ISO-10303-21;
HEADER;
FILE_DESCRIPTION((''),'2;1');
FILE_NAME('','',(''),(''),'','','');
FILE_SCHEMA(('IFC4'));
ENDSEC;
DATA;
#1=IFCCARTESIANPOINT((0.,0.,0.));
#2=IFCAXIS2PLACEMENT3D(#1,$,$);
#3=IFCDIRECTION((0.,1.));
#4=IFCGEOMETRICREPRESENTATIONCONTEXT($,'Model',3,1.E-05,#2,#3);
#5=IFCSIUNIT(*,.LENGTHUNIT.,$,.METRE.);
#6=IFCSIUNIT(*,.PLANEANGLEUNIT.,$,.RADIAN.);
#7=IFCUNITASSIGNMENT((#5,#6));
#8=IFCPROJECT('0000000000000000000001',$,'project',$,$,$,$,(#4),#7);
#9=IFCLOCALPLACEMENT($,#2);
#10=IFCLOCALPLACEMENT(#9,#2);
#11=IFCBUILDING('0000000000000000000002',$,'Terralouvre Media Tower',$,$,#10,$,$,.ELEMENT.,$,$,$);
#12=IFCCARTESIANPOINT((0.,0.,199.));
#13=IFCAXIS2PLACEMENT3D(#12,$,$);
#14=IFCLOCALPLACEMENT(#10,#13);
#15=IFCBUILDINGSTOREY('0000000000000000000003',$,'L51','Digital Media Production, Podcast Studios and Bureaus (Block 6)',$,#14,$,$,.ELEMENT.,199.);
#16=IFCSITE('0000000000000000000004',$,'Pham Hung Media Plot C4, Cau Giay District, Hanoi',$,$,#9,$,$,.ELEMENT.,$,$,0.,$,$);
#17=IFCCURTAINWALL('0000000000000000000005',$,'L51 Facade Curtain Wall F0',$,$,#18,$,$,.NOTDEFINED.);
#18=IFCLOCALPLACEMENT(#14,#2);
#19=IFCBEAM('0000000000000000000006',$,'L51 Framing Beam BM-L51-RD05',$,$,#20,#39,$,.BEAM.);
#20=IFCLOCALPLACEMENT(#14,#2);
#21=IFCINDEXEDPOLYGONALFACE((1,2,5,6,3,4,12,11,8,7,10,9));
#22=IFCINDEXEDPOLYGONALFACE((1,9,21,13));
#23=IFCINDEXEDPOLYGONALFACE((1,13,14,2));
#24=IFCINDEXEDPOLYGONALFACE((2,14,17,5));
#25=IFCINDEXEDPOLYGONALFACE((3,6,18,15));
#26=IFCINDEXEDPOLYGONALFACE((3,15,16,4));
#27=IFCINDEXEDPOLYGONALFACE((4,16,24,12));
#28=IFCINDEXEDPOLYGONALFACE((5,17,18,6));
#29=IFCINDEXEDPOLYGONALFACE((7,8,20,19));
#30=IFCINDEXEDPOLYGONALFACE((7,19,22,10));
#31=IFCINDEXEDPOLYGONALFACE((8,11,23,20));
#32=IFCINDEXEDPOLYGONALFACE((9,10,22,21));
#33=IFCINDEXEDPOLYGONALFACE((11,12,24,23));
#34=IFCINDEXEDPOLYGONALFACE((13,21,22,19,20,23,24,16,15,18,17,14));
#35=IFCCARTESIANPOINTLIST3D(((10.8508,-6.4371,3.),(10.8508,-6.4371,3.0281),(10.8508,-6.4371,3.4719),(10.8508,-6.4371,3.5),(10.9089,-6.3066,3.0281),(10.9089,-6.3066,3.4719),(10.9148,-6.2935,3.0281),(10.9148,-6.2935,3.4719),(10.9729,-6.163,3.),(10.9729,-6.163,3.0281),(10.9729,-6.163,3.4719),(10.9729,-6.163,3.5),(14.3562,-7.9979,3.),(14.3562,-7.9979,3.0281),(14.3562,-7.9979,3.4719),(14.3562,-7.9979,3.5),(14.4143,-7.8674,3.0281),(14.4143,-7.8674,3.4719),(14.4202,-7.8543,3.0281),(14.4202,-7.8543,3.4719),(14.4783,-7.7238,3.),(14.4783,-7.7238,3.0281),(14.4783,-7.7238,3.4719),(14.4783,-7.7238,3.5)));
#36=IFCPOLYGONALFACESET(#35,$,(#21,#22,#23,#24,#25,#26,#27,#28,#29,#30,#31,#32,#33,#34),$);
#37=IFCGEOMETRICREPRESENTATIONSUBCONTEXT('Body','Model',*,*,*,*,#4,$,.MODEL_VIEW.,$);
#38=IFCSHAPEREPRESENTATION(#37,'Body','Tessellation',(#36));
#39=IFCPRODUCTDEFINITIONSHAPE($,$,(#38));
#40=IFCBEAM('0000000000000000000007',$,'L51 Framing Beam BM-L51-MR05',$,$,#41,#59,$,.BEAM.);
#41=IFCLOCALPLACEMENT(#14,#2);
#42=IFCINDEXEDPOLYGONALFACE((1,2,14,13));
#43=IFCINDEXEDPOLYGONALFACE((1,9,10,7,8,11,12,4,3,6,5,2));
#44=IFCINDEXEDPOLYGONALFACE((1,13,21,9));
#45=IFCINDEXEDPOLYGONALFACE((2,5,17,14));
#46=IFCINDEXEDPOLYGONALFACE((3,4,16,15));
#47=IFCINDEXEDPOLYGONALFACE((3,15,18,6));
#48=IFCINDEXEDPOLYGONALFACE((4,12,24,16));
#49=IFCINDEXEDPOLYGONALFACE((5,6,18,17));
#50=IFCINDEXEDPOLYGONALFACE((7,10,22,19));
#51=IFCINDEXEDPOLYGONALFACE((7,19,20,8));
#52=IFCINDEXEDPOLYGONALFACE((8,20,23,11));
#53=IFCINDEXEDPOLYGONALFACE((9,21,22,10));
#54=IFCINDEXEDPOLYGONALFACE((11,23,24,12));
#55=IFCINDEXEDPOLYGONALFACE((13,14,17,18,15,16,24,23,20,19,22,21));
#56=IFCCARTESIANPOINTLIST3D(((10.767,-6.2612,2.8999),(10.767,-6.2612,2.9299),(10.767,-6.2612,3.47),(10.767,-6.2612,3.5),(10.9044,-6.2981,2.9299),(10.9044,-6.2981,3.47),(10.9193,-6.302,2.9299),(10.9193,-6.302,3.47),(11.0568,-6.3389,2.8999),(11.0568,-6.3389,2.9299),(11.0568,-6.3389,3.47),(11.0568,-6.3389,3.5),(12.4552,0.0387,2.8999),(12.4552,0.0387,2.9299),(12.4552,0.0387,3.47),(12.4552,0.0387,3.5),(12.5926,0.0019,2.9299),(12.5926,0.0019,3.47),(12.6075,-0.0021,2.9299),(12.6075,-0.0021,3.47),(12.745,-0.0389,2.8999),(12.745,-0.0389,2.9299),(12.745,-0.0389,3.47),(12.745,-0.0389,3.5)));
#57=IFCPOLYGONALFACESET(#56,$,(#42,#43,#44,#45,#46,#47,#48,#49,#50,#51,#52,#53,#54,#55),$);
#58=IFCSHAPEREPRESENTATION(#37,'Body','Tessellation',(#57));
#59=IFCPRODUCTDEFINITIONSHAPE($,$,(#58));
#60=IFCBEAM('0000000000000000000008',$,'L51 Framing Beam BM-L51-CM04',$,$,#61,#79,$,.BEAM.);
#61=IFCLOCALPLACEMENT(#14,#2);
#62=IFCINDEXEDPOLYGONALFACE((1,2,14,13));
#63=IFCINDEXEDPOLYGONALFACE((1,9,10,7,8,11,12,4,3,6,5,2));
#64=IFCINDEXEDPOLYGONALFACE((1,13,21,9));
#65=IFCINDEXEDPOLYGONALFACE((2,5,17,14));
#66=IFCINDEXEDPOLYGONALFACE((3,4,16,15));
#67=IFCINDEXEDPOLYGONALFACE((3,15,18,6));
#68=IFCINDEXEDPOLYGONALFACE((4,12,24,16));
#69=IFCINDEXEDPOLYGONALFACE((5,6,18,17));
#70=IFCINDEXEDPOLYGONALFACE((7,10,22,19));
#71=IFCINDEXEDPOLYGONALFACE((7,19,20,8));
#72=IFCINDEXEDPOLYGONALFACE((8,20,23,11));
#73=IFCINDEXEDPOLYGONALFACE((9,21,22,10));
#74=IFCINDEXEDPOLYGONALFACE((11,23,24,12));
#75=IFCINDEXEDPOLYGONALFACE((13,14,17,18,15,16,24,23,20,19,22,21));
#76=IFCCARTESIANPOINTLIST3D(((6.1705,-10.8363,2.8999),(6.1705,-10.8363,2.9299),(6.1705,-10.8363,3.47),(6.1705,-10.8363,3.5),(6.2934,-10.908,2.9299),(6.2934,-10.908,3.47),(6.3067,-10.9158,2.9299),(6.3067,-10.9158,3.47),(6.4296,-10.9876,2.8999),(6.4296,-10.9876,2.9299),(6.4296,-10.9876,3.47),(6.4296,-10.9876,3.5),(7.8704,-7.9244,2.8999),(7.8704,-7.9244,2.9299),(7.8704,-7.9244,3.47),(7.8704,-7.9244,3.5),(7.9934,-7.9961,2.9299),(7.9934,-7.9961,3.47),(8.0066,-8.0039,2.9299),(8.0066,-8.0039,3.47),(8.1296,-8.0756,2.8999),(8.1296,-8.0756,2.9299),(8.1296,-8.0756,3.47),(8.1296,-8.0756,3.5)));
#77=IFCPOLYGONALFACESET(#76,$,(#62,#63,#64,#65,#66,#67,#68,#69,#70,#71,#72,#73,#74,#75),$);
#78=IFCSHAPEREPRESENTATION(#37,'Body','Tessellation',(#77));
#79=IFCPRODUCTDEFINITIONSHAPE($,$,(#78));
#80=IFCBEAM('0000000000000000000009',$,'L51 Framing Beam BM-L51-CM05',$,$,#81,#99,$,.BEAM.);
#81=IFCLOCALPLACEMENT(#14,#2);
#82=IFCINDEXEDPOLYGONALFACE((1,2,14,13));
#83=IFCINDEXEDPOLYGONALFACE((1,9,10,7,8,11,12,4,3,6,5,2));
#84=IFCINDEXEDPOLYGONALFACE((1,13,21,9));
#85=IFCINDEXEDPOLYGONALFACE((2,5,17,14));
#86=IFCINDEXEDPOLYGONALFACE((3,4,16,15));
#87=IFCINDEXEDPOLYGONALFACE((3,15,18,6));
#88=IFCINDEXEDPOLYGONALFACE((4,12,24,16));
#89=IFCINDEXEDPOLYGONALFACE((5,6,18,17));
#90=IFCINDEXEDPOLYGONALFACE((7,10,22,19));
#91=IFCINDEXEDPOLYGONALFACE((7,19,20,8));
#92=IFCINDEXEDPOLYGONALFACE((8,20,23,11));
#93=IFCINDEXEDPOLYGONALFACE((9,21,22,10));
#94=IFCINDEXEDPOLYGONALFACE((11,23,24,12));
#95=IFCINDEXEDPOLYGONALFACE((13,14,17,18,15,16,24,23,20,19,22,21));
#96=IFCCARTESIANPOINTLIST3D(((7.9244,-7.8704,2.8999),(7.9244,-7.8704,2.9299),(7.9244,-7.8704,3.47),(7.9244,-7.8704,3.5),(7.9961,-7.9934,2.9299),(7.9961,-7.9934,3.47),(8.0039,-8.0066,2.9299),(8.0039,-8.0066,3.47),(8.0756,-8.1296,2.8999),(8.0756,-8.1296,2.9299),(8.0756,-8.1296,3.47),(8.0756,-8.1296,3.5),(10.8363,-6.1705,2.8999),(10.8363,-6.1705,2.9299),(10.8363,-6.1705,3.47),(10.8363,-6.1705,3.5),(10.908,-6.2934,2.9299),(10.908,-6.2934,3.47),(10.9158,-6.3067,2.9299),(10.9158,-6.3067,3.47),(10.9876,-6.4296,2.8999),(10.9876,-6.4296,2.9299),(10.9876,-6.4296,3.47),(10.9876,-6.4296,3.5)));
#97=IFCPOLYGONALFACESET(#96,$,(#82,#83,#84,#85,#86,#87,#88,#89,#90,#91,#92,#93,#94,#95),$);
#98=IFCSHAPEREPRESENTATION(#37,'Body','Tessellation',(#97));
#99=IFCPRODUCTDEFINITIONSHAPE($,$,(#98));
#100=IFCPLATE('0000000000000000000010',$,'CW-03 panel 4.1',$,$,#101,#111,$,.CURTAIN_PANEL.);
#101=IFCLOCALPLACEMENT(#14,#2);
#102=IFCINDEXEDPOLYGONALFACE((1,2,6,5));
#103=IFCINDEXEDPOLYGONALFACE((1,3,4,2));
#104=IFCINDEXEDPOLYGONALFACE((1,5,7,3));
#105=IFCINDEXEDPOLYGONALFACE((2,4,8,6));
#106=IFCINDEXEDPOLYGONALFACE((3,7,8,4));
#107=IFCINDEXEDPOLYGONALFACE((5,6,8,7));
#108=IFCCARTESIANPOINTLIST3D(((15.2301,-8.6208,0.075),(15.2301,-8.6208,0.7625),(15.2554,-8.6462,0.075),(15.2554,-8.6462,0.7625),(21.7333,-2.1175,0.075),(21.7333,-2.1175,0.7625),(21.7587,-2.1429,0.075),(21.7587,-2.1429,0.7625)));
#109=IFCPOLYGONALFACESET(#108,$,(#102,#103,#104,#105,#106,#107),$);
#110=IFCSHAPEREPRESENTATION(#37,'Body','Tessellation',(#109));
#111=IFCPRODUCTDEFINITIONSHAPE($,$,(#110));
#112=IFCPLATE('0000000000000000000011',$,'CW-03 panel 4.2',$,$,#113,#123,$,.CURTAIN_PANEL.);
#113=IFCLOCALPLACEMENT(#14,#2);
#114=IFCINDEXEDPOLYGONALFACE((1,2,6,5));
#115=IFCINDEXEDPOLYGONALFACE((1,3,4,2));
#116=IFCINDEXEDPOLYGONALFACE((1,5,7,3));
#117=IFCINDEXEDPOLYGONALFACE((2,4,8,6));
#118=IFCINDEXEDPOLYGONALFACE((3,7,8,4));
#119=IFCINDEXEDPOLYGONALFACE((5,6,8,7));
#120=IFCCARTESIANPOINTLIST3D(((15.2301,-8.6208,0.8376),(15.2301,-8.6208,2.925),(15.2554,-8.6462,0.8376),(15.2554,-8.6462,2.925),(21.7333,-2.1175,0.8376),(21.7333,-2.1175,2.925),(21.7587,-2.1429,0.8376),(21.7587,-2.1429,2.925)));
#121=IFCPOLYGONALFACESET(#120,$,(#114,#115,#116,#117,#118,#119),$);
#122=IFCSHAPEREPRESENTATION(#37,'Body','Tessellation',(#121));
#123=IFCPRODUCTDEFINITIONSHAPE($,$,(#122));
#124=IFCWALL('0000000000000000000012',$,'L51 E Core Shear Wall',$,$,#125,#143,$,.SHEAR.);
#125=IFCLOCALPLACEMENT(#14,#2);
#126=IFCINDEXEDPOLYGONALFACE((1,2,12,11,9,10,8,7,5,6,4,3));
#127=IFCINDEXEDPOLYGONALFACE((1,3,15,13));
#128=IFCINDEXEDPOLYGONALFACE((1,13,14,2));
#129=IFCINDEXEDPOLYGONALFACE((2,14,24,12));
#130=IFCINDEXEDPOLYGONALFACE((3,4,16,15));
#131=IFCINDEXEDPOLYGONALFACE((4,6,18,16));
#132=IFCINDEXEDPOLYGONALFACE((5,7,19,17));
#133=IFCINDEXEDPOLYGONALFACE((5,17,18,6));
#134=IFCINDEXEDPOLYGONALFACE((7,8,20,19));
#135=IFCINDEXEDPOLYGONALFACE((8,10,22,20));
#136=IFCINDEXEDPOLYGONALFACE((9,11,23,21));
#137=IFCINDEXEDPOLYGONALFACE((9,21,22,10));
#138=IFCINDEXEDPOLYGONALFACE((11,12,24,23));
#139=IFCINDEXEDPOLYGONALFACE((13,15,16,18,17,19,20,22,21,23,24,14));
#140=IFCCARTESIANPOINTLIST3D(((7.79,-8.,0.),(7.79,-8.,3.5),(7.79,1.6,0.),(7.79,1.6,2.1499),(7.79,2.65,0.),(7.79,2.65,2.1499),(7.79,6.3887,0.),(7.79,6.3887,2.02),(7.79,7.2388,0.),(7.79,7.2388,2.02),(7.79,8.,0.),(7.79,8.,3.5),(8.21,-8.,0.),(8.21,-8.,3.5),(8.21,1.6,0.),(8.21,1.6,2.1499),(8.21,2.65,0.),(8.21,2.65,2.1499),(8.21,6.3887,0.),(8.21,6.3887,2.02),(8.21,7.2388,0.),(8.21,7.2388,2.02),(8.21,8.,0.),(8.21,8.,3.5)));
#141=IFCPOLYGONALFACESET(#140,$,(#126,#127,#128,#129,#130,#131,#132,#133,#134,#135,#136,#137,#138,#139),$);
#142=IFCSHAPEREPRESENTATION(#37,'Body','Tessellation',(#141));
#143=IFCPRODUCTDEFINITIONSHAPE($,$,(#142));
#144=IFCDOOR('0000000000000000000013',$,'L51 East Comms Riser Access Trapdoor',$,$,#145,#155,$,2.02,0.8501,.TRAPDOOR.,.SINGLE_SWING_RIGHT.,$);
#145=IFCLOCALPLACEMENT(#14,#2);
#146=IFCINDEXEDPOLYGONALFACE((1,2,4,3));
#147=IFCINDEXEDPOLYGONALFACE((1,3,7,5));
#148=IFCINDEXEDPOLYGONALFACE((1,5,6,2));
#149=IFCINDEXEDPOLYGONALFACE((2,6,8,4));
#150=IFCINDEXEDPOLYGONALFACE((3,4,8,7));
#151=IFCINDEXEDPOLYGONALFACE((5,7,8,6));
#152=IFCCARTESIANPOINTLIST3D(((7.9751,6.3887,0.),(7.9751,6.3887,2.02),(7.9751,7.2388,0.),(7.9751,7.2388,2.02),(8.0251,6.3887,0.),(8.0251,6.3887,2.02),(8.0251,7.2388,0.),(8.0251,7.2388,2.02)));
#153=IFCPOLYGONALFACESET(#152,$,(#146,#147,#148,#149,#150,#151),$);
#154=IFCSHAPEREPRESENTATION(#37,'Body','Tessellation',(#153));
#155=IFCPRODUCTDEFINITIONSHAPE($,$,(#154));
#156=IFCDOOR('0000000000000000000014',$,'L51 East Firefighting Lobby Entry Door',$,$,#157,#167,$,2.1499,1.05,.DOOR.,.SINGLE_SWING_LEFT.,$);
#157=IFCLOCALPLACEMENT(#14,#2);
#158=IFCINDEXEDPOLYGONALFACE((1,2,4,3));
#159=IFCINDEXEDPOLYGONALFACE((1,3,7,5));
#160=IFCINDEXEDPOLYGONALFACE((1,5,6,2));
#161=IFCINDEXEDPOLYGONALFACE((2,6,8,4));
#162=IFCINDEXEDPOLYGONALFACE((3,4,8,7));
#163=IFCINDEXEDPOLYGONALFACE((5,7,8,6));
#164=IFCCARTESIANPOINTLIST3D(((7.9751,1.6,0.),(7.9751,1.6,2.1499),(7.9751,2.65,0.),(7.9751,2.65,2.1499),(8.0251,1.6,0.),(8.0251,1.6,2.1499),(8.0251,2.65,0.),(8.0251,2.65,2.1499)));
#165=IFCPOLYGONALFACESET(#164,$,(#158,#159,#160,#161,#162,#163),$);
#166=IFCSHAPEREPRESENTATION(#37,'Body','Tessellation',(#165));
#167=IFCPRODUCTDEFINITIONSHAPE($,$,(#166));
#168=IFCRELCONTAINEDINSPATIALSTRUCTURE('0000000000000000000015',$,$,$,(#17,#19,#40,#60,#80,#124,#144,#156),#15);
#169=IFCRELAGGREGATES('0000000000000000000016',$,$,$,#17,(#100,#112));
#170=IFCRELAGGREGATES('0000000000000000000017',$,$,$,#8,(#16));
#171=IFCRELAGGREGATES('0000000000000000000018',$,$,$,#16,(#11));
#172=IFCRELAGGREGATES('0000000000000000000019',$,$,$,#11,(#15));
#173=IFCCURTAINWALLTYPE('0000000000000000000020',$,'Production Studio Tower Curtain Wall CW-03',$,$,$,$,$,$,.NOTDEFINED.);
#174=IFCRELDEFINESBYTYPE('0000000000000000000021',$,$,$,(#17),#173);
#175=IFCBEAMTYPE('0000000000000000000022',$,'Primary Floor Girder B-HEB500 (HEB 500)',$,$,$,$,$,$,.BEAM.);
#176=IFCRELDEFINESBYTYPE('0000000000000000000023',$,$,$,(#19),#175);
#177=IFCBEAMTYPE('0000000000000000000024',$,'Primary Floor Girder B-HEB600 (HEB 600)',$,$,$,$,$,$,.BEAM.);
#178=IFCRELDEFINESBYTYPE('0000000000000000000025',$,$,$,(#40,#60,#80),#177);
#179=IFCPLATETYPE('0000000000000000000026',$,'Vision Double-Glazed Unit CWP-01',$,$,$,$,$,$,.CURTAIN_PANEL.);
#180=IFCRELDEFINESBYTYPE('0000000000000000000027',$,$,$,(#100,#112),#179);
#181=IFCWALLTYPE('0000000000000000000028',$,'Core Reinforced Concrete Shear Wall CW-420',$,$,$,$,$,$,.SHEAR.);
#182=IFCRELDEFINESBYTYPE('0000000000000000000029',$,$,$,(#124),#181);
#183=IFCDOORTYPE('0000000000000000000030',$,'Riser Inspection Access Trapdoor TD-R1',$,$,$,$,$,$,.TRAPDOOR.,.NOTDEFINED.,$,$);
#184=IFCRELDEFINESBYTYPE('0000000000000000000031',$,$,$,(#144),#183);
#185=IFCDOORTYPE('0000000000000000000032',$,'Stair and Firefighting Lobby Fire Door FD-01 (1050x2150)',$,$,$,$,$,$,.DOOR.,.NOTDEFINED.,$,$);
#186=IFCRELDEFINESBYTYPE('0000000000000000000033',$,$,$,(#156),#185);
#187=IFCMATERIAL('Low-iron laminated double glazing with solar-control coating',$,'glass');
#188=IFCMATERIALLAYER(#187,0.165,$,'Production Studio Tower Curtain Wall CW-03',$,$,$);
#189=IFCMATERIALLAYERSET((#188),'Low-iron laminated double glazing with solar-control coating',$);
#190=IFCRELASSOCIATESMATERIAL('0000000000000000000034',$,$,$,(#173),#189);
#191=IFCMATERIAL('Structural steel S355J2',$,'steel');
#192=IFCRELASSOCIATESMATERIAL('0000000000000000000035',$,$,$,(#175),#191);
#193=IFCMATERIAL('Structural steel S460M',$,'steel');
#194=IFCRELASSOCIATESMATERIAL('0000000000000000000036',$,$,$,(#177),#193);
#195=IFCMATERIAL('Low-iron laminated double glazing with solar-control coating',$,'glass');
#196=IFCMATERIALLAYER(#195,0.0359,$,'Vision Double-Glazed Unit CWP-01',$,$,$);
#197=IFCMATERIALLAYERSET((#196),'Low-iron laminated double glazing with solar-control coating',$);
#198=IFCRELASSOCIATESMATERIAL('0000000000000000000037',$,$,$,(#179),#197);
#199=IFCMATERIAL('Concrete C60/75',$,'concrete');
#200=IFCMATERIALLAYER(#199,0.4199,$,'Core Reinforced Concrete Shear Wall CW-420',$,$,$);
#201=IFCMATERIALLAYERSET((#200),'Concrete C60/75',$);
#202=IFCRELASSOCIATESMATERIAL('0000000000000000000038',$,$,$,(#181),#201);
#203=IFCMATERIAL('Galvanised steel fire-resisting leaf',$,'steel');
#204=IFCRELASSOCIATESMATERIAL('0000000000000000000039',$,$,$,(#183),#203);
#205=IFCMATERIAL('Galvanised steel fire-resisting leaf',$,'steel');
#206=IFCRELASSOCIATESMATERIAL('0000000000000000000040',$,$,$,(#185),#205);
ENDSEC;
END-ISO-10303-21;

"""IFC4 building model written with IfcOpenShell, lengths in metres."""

from ifc_helpers import new_model, si_unit, direction, frame, frame_2d, origin, origin_2d, place, context, subcontext, project, spatial, rectangle, i_section, extrude, material, layer, layer_set, material_profile, profile_set, type_object, element, fill, aggregate, save


model = new_model("IFC4")

# Units and contexts
model_context = context("Model", 3, precision=1e-05, world=origin(), true_north=direction((0.0, 1.0)))
body_context = subcontext(model_context, "Body", "Model", "MODEL_VIEW")
ifc_project = project(units=[si_unit("LENGTHUNIT", "METRE"), si_unit("PLANEANGLEUNIT", "RADIAN")], contexts=[model_context])

# Site, building, storey
site_placement = place(None, origin())
site = spatial("IfcSite", under=ifc_project, at=site_placement, Name="Pham Hung Media Plot C4, Cau Giay District, Hanoi", CompositionType="ELEMENT", RefElevation=0.0)
building_placement = place(site_placement, origin())
building = spatial("IfcBuilding", under=site, at=building_placement, Name="Terralouvre Media Tower", CompositionType="ELEMENT")
storey_placement = place(building_placement, frame((0.0, 0.0, 199.0)))
storey = spatial("IfcBuildingStorey", under=building, at=storey_placement, Name="L51", Description="Digital Media Production, Podcast Studios and Bureaus (Block 6)", CompositionType="ELEMENT", Elevation=199.0)

# Curtain wall
ifc_material_1 = material(Name="Low-iron laminated double glazing with solar-control coating", Category="glass")
ifc_layer_1 = layer(ifc_material_1, 0.165, Name="Production Studio Tower Curtain Wall CW-03")
ifc_layer_set_1 = layer_set([ifc_layer_1], Name="Low-iron laminated double glazing with solar-control coating")
curtain_wall_type = type_object("IfcCurtainWallType", Name="Production Studio Tower Curtain Wall CW-03", PredefinedType="NOTDEFINED", material=ifc_layer_set_1)
curtain_wall_placement = place(storey_placement, origin())
curtain_wall = element("IfcCurtainWall", 1, at=curtain_wall_placement, inside=storey, type_object=curtain_wall_type, Name="L51 Facade Curtain Wall F0", PredefinedType="NOTDEFINED")

# Beams
ifc_material_2 = material(Name="Structural steel S355J2", Category="steel")
ifc_material_profile_1 = material_profile(ifc_material_2, i_section(OverallWidth=0.3, OverallDepth=0.5, WebThickness=0.0144, FlangeThickness=0.0281, at=origin_2d()), Name="HEB 500")
ifc_profile_set_1 = profile_set([ifc_material_profile_1], Name="Structural steel S355J2")
beam_type_1 = type_object("IfcBeamType", Name="Primary Floor Girder B-HEB500 (HEB 500)", PredefinedType="BEAM", material=ifc_profile_set_1)
beam_1_placement = place(storey_placement, frame((10.9119, -6.3, 3.25), z_axis=(0.913536, -0.406758, 0.0), x_axis=(0.406758, 0.913536, 0.0)))
element("IfcBeam", 2, at=beam_1_placement, inside=storey, type_object=beam_type_1, Name="L51 Framing Beam BM-L51-RD05", PredefinedType="BEAM", context=body_context, shape_type="SweptSolid", body=[
    extrude(i_section(OverallWidth=0.3, OverallDepth=0.5, WebThickness=0.0144, FlangeThickness=0.0281, at=origin_2d()), origin(), (0.0, 0.0, 1.0), 3.8372),
])
ifc_material_3 = material(Name="Structural steel S460M", Category="steel")
ifc_material_profile_2 = material_profile(ifc_material_3, i_section(OverallWidth=0.3, OverallDepth=0.6001, WebThickness=0.0154, FlangeThickness=0.03, at=origin_2d()), Name="HEB 600")
ifc_profile_set_2 = profile_set([ifc_material_profile_2], Name="Structural steel S460M")
beam_type_2 = type_object("IfcBeamType", Name="Primary Floor Girder B-HEB600 (HEB 600)", PredefinedType="BEAM", material=ifc_profile_set_2)
beam_2_placement = place(storey_placement, frame((10.9119, -6.3, 3.2), z_axis=(0.258839, 0.96592, 0.0), x_axis=(-0.96592, 0.258839, 0.0)))
element("IfcBeam", 3, at=beam_2_placement, inside=storey, type_object=beam_type_2, Name="L51 Framing Beam BM-L51-MR05", PredefinedType="BEAM", context=body_context, shape_type="SweptSolid", body=[
    extrude(i_section(OverallWidth=0.3, OverallDepth=0.6001, WebThickness=0.0154, FlangeThickness=0.03, at=origin_2d()), origin(), (0.0, 0.0, 1.0), 6.5222),
])
for number, where, z_axis, x_axis, name in (
    (4, (8.0, -8.0, 3.2), (-0.504173, -0.863603, 0.0), (0.863603, -0.504173, 0.0), "L51 Framing Beam BM-L51-CM04"),
    (5, (8.0, -8.0, 3.2), (0.863603, 0.504173, 0.0), (-0.504173, 0.863603, 0.0), "L51 Framing Beam BM-L51-CM05"),
):
    element("IfcBeam", number, at=place(storey_placement, frame(where, z_axis=z_axis, x_axis=x_axis)), inside=storey, type_object=beam_type_2, Name=name, PredefinedType="BEAM", context=body_context, shape_type="SweptSolid", body=[
        extrude(i_section(OverallWidth=0.3, OverallDepth=0.6001, WebThickness=0.0154, FlangeThickness=0.03, at=origin_2d()), origin(), (0.0, 0.0, 1.0), 3.3718),
    ])

# Plates
ifc_material_4 = material(Name="Low-iron laminated double glazing with solar-control coating", Category="glass")
ifc_layer_2 = layer(ifc_material_4, 0.0359, Name="Vision Double-Glazed Unit CWP-01")
ifc_layer_set_2 = layer_set([ifc_layer_2], Name="Low-iron laminated double glazing with solar-control coating")
plate_type = type_object("IfcPlateType", Name="Vision Double-Glazed Unit CWP-01", PredefinedType="CURTAIN_PANEL", material=ifc_layer_set_2)
plate_1_placement = place(storey_placement, frame((18.4944, -5.3818, 0.075), z_axis=(0.0, 0.0, 1.0), x_axis=(0.707107, 0.707107, 0.0)))
plate_1 = element("IfcPlate", 6, at=plate_1_placement, type_object=plate_type, Name="CW-03 panel 4.1", PredefinedType="CURTAIN_PANEL", context=body_context, shape_type="SweptSolid", body=[
    extrude(rectangle(XDim=9.197, YDim=0.0359, at=origin_2d()), origin(), (0.0, 0.0, 1.0), 0.6875),
])
plate_2_placement = place(storey_placement, frame((18.4944, -5.3818, 0.8376), z_axis=(0.0, 0.0, 1.0), x_axis=(0.707107, 0.707107, 0.0)))
plate_2 = element("IfcPlate", 7, at=plate_2_placement, type_object=plate_type, Name="CW-03 panel 4.2", PredefinedType="CURTAIN_PANEL", context=body_context, shape_type="SweptSolid", body=[
    extrude(rectangle(XDim=9.197, YDim=0.0359, at=origin_2d()), origin(), (0.0, 0.0, 1.0), 2.0874),
])
aggregate(curtain_wall, [plate_1, plate_2])

# Wall, openings, doors
ifc_material_5 = material(Name="Concrete C60/75", Category="concrete")
ifc_layer_3 = layer(ifc_material_5, 0.4199, Name="Core Reinforced Concrete Shear Wall CW-420")
ifc_layer_set_3 = layer_set([ifc_layer_3], Name="Concrete C60/75")
wall_type_1 = type_object("IfcWallType", Name="Core Reinforced Concrete Shear Wall CW-420", PredefinedType="SHEAR", material=ifc_layer_set_3)
wall_1_placement = place(storey_placement, frame((8.0, -8.0, 0.0), z_axis=(0.0, 0.0, 1.0), x_axis=(0.0, 1.0, 0.0)))
wall_1 = element("IfcWall", 8, at=wall_1_placement, inside=storey, type_object=wall_type_1, Name="L51 E Core Shear Wall", PredefinedType="SHEAR", context=body_context, shape_type="SweptSolid", body=[
    extrude(rectangle(XDim=16.0, YDim=0.4199, at=frame_2d((8.0, 0.0))), origin(), (0.0, 0.0, 1.0), 3.5),
])
opening_1_placement = place(wall_1_placement, frame((9.6001, 0.0, 0.0)))
opening_1 = element("IfcOpeningElement", 9, at=opening_1_placement, cuts=wall_1, PredefinedType="OPENING", context=body_context, shape_type="SweptSolid", body=[
    extrude(rectangle(XDim=1.05, YDim=2.1499, at=frame_2d((0.5249, 1.075))), frame((0.0, 0.22, 0.0), z_axis=(0.0, -1.0, 0.0), x_axis=(1.0, 0.0, 0.0)), (0.0, 0.0, 1.0), 0.4399),
])
opening_2_placement = place(wall_1_placement, frame((14.3887, 0.0, 0.0)))
opening_2 = element("IfcOpeningElement", 10, at=opening_2_placement, cuts=wall_1, PredefinedType="OPENING", context=body_context, shape_type="SweptSolid", body=[
    extrude(rectangle(XDim=0.8501, YDim=2.02, at=frame_2d((0.425, 1.01))), frame((0.0, 0.22, 0.0), z_axis=(0.0, -1.0, 0.0), x_axis=(1.0, 0.0, 0.0)), (0.0, 0.0, 1.0), 0.4399),
])
ifc_material_6 = material(Name="Galvanised steel fire-resisting leaf", Category="steel")
door_type_1 = type_object("IfcDoorType", Name="Riser Inspection Access Trapdoor TD-R1", OperationType="NOTDEFINED", PredefinedType="TRAPDOOR", material=ifc_material_6)
door_1_placement = place(opening_2_placement, origin())
door_1 = element("IfcDoor", 11, at=door_1_placement, inside=storey, type_object=door_type_1, Name="L51 East Comms Riser Access Trapdoor", OperationType="SINGLE_SWING_RIGHT", OverallHeight=2.02, OverallWidth=0.8501, PredefinedType="TRAPDOOR", context=body_context, shape_type="SweptSolid", body=[
    extrude(rectangle(XDim=0.8501, YDim=2.02, at=frame_2d((0.425, 1.01))), frame((0.0, 0.0249, 0.0), z_axis=(0.0, -1.0, 0.0), x_axis=(1.0, 0.0, 0.0)), (0.0, 0.0, 1.0), 0.05),
])
fill(opening_2, door_1)
ifc_material_7 = material(Name="Galvanised steel fire-resisting leaf", Category="steel")
door_type_2 = type_object("IfcDoorType", Name="Stair and Firefighting Lobby Fire Door FD-01 (1050x2150)", OperationType="NOTDEFINED", PredefinedType="DOOR", material=ifc_material_7)
door_2_placement = place(opening_1_placement, origin())
door_2 = element("IfcDoor", 12, at=door_2_placement, inside=storey, type_object=door_type_2, Name="L51 East Firefighting Lobby Entry Door", OperationType="SINGLE_SWING_LEFT", OverallHeight=2.1499, OverallWidth=1.05, PredefinedType="DOOR", context=body_context, shape_type="SweptSolid", body=[
    extrude(rectangle(XDim=1.05, YDim=2.1499, at=frame_2d((0.5249, 1.075))), frame((0.0, 0.0249, 0.0), z_axis=(0.0, -1.0, 0.0), x_axis=(1.0, 0.0, 0.0)), (0.0, 0.0, 1.0), 0.05),
])
fill(opening_1, door_2)

save(model, "model.ifc")
